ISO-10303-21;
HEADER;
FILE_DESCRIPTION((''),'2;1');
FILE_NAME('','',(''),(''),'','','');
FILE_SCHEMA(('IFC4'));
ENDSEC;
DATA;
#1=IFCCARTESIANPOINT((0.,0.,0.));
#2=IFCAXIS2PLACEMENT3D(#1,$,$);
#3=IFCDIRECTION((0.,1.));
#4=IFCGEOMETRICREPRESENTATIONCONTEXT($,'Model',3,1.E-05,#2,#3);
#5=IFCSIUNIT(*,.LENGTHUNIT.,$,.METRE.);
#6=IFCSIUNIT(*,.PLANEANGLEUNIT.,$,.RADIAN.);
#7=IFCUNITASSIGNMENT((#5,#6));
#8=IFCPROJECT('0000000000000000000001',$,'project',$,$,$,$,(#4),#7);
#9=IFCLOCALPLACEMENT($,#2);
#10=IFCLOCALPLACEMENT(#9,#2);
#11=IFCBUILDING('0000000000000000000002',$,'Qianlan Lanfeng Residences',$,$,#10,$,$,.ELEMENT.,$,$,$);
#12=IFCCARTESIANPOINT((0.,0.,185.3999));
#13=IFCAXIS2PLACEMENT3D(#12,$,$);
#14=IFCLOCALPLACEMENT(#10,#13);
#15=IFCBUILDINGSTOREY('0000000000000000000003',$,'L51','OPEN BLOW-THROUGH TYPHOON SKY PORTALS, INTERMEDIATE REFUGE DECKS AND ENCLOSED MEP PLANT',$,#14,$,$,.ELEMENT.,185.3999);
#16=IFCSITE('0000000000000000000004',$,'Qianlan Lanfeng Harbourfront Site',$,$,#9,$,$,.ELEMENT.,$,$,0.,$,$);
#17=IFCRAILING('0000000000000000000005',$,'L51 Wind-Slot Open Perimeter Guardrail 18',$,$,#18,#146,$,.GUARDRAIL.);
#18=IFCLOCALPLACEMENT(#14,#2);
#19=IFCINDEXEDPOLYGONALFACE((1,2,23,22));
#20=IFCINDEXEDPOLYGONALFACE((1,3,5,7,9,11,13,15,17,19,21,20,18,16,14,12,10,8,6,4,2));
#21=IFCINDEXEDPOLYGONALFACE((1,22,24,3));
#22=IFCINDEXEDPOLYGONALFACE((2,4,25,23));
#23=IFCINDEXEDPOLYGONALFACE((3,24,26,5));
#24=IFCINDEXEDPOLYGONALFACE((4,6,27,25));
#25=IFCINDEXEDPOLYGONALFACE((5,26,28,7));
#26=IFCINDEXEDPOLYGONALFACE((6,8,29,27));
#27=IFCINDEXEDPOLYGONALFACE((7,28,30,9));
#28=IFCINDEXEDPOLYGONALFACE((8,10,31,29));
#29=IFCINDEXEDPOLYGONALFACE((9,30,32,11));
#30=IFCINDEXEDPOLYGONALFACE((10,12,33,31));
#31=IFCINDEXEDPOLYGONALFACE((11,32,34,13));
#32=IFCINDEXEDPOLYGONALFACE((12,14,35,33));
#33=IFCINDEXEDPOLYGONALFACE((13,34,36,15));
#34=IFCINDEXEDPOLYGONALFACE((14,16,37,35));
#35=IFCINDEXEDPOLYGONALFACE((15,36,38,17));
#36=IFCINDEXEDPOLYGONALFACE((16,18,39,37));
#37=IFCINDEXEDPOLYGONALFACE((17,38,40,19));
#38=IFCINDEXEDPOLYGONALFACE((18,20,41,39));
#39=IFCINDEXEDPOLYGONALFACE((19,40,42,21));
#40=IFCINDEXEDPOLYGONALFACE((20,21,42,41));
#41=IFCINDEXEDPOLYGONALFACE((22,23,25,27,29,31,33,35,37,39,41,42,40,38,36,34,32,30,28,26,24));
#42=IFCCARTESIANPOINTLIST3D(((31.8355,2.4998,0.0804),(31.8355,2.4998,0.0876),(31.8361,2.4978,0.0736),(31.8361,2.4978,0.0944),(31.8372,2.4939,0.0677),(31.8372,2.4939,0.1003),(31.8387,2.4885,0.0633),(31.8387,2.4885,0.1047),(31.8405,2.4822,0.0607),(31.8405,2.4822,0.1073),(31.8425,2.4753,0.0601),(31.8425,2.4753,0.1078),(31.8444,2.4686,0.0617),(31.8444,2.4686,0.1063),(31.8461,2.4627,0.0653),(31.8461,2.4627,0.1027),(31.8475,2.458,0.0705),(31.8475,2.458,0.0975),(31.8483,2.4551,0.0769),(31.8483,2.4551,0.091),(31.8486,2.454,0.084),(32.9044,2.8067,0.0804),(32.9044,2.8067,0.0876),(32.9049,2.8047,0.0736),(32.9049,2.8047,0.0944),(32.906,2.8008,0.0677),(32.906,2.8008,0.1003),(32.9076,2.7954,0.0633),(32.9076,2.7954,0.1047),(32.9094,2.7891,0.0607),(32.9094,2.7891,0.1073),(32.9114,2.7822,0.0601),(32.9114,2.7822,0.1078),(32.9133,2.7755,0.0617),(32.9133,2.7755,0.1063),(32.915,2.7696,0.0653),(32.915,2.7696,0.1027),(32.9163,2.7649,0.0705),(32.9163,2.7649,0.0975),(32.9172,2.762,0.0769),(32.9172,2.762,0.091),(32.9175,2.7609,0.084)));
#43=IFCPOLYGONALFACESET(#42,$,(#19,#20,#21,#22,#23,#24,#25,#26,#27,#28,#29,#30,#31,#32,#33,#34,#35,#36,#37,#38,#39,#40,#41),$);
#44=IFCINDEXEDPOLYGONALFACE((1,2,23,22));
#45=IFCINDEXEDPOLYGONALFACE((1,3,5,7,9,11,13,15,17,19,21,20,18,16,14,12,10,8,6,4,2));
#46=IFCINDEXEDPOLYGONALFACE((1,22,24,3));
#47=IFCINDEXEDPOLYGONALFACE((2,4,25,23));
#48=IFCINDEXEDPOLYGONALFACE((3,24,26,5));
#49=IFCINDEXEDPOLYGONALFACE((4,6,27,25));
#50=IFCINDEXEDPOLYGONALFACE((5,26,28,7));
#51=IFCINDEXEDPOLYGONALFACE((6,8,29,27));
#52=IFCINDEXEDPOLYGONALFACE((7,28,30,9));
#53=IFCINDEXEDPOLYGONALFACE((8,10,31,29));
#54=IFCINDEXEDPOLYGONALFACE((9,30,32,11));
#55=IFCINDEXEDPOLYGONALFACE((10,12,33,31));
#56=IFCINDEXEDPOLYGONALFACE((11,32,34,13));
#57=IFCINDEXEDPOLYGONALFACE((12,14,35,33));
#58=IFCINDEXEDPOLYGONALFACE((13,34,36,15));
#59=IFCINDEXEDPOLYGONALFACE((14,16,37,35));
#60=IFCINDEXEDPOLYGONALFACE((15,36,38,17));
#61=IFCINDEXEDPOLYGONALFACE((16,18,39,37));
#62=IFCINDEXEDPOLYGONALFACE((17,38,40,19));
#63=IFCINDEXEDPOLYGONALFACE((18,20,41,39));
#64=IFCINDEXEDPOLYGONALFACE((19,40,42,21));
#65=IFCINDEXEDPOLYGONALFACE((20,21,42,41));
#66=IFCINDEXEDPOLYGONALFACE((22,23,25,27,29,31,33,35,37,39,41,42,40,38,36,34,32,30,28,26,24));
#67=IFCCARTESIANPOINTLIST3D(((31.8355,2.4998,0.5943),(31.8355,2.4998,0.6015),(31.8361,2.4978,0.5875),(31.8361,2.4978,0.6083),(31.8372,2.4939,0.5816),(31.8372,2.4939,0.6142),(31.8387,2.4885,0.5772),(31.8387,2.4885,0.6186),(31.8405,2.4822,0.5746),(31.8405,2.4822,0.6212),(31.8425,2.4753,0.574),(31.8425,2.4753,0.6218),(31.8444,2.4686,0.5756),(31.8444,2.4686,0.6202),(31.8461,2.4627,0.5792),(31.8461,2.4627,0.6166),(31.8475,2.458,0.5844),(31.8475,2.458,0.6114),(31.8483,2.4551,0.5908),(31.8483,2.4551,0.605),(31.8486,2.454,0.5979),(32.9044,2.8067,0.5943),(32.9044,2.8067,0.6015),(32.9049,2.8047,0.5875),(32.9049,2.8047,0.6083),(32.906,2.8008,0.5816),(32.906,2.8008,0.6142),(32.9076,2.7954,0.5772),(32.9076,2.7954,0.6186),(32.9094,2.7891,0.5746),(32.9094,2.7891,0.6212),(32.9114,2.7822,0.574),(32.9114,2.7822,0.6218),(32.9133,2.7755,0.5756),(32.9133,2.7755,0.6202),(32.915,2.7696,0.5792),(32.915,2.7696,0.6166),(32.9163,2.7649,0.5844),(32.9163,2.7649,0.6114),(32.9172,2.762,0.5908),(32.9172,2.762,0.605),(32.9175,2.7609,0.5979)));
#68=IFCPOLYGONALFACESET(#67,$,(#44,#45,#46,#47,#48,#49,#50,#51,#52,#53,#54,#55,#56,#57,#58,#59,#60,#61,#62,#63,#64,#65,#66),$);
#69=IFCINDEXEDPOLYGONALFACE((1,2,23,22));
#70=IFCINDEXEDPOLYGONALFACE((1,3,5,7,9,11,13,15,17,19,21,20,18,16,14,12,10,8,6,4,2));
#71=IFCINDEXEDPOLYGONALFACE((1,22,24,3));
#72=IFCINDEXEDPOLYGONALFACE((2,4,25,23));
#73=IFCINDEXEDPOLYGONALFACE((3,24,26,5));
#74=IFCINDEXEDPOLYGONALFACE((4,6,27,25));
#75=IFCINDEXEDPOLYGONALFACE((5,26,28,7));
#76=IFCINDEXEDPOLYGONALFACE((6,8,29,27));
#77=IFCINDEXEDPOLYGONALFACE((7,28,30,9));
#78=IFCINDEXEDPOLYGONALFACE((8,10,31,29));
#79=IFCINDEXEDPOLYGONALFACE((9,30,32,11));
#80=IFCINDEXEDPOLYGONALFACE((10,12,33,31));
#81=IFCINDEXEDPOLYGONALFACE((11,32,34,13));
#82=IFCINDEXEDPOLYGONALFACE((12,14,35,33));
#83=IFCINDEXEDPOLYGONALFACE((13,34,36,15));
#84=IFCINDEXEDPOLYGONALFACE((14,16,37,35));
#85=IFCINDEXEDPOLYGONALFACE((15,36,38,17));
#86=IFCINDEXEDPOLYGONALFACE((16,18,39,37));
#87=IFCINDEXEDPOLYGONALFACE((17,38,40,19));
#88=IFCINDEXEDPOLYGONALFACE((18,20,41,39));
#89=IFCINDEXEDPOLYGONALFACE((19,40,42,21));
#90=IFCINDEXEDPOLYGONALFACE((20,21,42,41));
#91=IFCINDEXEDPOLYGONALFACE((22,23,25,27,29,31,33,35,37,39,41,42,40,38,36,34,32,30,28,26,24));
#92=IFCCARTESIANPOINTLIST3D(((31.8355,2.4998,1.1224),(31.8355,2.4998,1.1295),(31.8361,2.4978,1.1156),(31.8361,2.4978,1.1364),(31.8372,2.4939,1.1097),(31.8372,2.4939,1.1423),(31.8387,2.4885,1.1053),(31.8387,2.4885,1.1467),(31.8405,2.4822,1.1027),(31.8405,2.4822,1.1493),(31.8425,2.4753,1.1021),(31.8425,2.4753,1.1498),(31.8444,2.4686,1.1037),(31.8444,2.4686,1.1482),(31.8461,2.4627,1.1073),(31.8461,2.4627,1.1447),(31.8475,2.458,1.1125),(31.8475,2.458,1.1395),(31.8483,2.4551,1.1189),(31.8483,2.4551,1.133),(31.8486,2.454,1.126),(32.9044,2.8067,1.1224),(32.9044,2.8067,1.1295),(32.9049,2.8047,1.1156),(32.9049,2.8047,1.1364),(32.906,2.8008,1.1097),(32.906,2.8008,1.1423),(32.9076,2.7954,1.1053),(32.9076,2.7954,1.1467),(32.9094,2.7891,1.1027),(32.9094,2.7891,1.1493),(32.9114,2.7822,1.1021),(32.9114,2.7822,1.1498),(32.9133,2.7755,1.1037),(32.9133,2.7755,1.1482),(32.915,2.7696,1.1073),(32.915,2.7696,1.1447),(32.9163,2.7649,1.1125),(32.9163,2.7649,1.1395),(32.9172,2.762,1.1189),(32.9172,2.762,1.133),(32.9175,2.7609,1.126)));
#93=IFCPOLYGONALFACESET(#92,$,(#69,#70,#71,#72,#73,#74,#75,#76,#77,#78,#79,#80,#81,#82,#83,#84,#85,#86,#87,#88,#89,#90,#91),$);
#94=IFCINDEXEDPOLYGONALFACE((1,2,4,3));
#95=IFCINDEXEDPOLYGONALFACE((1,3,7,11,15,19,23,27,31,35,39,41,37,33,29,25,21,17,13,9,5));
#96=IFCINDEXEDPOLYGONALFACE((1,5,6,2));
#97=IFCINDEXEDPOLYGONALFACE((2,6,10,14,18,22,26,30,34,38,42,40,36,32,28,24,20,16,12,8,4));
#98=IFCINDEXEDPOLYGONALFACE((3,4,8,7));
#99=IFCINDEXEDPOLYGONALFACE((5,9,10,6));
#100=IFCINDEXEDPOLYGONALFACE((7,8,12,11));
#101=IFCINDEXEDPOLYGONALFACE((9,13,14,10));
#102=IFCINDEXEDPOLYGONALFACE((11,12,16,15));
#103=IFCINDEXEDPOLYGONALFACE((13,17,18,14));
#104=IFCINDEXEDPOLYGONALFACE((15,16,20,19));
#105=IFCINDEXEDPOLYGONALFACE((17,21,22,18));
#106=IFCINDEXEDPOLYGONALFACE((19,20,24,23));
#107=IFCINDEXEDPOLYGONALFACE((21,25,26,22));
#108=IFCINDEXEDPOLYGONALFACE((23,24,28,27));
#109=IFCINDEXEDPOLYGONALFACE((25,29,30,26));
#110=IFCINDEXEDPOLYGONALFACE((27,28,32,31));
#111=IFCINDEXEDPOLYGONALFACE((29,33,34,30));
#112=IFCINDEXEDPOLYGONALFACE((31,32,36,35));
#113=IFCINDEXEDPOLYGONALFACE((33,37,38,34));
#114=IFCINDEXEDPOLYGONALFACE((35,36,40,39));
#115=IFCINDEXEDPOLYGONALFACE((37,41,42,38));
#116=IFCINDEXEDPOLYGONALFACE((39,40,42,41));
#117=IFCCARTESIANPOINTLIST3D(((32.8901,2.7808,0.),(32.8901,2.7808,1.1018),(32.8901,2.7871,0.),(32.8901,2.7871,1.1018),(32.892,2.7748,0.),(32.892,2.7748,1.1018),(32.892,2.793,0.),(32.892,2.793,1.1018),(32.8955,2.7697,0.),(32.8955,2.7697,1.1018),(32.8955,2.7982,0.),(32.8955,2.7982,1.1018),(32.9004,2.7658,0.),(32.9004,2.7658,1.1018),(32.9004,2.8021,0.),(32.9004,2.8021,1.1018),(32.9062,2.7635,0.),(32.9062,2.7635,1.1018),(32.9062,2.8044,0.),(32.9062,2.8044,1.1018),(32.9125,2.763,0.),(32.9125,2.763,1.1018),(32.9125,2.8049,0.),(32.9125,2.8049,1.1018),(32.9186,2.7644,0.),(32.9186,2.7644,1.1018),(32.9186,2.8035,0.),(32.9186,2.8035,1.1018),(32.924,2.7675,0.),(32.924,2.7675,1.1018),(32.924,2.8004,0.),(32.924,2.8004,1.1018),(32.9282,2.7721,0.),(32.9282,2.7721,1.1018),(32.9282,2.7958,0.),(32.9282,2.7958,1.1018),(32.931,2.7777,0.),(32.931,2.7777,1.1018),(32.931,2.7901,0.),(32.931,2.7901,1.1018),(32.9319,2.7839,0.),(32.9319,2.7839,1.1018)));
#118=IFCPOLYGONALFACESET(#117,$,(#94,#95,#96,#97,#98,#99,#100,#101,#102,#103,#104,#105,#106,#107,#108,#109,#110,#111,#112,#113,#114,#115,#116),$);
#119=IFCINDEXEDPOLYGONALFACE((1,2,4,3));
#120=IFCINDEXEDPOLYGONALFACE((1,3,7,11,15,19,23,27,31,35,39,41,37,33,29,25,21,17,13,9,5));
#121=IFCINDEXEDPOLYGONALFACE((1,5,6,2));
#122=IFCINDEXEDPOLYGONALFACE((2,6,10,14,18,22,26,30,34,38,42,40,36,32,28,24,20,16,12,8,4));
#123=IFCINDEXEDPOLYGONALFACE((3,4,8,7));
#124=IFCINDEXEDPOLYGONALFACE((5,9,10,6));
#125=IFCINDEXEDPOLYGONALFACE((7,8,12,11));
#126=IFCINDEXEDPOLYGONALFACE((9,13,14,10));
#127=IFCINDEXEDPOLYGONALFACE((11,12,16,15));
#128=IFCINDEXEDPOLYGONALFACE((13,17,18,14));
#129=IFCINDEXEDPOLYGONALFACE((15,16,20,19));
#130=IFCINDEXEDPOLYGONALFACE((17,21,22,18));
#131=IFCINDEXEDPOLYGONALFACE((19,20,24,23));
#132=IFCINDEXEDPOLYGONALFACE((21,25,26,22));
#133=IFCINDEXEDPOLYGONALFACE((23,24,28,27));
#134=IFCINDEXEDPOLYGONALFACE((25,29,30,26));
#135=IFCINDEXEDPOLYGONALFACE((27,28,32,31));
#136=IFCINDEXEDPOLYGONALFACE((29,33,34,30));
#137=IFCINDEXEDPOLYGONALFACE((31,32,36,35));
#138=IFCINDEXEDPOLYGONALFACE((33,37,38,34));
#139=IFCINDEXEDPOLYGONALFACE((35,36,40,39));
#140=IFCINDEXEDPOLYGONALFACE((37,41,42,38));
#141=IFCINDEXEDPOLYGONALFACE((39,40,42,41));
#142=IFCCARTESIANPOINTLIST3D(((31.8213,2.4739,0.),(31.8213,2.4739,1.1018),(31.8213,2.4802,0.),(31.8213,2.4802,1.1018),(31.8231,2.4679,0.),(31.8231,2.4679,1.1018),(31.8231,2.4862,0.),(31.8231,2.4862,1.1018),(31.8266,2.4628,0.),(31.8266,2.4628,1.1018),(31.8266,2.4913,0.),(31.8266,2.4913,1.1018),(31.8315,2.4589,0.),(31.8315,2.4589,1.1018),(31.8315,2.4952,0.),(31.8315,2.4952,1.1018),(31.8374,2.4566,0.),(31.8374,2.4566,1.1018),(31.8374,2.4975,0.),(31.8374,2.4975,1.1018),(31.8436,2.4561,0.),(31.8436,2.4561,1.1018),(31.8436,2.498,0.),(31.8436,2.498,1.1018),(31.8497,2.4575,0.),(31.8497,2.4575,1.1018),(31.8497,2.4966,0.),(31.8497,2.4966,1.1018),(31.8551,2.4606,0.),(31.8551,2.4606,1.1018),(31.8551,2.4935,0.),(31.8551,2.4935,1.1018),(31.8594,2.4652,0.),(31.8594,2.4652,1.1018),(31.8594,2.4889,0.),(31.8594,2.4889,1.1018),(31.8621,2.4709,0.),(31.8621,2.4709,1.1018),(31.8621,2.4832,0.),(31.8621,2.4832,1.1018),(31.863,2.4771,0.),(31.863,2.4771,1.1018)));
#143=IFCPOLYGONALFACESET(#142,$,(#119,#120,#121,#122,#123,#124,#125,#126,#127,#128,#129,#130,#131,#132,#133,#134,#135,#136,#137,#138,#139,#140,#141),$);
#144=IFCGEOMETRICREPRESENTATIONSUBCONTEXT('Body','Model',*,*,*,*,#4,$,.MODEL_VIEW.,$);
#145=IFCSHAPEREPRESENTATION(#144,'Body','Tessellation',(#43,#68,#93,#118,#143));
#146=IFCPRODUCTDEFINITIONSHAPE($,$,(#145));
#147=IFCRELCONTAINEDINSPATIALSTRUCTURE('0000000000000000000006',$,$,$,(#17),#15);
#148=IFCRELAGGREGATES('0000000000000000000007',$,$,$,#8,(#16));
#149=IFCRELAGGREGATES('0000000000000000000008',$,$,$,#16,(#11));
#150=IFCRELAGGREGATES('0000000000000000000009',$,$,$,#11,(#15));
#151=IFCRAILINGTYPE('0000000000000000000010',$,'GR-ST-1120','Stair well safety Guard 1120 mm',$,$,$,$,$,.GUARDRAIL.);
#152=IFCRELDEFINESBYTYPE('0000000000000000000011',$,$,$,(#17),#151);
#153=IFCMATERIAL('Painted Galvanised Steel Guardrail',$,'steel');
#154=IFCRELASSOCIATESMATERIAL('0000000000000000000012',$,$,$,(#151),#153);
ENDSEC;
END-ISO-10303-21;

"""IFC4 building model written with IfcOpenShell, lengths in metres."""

from ifc_helpers import new_model, si_unit, direction, frame, origin, origin_2d, place, context, subcontext, project, spatial, circle, extrude, material, type_object, element, save


model = new_model("IFC4")

# Units and contexts
model_context = context("Model", 3, precision=1e-05, world=origin(), true_north=direction((0.0, 1.0)))
body_context = subcontext(model_context, "Body", "Model", "MODEL_VIEW")
ifc_project = project(units=[si_unit("LENGTHUNIT", "METRE"), si_unit("PLANEANGLEUNIT", "RADIAN")], contexts=[model_context])

# Site, building, storey
site_placement = place(None, origin())
site = spatial("IfcSite", under=ifc_project, at=site_placement, Name="Qianlan Lanfeng Harbourfront Site", CompositionType="ELEMENT", RefElevation=0.0)
building_placement = place(site_placement, origin())
building = spatial("IfcBuilding", under=site, at=building_placement, Name="Qianlan Lanfeng Residences", CompositionType="ELEMENT")
storey_placement = place(building_placement, frame((0.0, 0.0, 185.3999)))
storey = spatial("IfcBuildingStorey", under=building, at=storey_placement, Name="L51", Description="OPEN BLOW-THROUGH TYPHOON SKY PORTALS, INTERMEDIATE REFUGE DECKS AND ENCLOSED MEP PLANT", CompositionType="ELEMENT", Elevation=185.3999)

# Railing
ifc_material_1 = material(Name="Painted Galvanised Steel Guardrail", Category="steel")
railing_type = type_object("IfcRailingType", Name="GR-ST-1120", Description="Stair well safety Guard 1120 mm", PredefinedType="GUARDRAIL", material=ifc_material_1)
railing_1_placement = place(storey_placement, frame((32.9109, 2.7839, 0.0)))
element("IfcRailing", 1, at=railing_1_placement, inside=storey, type_object=railing_type, Name="L51 Wind-Slot Open Perimeter Guardrail 18", PredefinedType="GUARDRAIL", context=body_context, shape_type="SweptSolid", body=[
    extrude(circle(Radius=0.0239, at=origin_2d()), frame((0.0, 0.0, 0.084), z_axis=(-0.961167, -0.275968, 0.0), x_axis=(0.275968, -0.961167, 0.0)), (0.0, 0.0, 1.0), 1.1121),
    extrude(circle(Radius=0.0239, at=origin_2d()), frame((0.0, 0.0, 0.5979), z_axis=(-0.961167, -0.275968, 0.0), x_axis=(0.275968, -0.961167, 0.0)), (0.0, 0.0, 1.0), 1.1121),
    extrude(circle(Radius=0.0239, at=origin_2d()), frame((0.0, 0.0, 1.126), z_axis=(-0.961167, -0.275968, 0.0), x_axis=(0.275968, -0.961167, 0.0)), (0.0, 0.0, 1.0), 1.1121),
    extrude(circle(Radius=0.021, at=origin_2d()), origin(), (0.0, 0.0, 1.0), 1.1018),
    extrude(circle(Radius=0.021, at=origin_2d()), frame((-1.0688, -0.3069, 0.0)), (0.0, 0.0, 1.0), 1.1018),
])

save(model, "model.ifc")
